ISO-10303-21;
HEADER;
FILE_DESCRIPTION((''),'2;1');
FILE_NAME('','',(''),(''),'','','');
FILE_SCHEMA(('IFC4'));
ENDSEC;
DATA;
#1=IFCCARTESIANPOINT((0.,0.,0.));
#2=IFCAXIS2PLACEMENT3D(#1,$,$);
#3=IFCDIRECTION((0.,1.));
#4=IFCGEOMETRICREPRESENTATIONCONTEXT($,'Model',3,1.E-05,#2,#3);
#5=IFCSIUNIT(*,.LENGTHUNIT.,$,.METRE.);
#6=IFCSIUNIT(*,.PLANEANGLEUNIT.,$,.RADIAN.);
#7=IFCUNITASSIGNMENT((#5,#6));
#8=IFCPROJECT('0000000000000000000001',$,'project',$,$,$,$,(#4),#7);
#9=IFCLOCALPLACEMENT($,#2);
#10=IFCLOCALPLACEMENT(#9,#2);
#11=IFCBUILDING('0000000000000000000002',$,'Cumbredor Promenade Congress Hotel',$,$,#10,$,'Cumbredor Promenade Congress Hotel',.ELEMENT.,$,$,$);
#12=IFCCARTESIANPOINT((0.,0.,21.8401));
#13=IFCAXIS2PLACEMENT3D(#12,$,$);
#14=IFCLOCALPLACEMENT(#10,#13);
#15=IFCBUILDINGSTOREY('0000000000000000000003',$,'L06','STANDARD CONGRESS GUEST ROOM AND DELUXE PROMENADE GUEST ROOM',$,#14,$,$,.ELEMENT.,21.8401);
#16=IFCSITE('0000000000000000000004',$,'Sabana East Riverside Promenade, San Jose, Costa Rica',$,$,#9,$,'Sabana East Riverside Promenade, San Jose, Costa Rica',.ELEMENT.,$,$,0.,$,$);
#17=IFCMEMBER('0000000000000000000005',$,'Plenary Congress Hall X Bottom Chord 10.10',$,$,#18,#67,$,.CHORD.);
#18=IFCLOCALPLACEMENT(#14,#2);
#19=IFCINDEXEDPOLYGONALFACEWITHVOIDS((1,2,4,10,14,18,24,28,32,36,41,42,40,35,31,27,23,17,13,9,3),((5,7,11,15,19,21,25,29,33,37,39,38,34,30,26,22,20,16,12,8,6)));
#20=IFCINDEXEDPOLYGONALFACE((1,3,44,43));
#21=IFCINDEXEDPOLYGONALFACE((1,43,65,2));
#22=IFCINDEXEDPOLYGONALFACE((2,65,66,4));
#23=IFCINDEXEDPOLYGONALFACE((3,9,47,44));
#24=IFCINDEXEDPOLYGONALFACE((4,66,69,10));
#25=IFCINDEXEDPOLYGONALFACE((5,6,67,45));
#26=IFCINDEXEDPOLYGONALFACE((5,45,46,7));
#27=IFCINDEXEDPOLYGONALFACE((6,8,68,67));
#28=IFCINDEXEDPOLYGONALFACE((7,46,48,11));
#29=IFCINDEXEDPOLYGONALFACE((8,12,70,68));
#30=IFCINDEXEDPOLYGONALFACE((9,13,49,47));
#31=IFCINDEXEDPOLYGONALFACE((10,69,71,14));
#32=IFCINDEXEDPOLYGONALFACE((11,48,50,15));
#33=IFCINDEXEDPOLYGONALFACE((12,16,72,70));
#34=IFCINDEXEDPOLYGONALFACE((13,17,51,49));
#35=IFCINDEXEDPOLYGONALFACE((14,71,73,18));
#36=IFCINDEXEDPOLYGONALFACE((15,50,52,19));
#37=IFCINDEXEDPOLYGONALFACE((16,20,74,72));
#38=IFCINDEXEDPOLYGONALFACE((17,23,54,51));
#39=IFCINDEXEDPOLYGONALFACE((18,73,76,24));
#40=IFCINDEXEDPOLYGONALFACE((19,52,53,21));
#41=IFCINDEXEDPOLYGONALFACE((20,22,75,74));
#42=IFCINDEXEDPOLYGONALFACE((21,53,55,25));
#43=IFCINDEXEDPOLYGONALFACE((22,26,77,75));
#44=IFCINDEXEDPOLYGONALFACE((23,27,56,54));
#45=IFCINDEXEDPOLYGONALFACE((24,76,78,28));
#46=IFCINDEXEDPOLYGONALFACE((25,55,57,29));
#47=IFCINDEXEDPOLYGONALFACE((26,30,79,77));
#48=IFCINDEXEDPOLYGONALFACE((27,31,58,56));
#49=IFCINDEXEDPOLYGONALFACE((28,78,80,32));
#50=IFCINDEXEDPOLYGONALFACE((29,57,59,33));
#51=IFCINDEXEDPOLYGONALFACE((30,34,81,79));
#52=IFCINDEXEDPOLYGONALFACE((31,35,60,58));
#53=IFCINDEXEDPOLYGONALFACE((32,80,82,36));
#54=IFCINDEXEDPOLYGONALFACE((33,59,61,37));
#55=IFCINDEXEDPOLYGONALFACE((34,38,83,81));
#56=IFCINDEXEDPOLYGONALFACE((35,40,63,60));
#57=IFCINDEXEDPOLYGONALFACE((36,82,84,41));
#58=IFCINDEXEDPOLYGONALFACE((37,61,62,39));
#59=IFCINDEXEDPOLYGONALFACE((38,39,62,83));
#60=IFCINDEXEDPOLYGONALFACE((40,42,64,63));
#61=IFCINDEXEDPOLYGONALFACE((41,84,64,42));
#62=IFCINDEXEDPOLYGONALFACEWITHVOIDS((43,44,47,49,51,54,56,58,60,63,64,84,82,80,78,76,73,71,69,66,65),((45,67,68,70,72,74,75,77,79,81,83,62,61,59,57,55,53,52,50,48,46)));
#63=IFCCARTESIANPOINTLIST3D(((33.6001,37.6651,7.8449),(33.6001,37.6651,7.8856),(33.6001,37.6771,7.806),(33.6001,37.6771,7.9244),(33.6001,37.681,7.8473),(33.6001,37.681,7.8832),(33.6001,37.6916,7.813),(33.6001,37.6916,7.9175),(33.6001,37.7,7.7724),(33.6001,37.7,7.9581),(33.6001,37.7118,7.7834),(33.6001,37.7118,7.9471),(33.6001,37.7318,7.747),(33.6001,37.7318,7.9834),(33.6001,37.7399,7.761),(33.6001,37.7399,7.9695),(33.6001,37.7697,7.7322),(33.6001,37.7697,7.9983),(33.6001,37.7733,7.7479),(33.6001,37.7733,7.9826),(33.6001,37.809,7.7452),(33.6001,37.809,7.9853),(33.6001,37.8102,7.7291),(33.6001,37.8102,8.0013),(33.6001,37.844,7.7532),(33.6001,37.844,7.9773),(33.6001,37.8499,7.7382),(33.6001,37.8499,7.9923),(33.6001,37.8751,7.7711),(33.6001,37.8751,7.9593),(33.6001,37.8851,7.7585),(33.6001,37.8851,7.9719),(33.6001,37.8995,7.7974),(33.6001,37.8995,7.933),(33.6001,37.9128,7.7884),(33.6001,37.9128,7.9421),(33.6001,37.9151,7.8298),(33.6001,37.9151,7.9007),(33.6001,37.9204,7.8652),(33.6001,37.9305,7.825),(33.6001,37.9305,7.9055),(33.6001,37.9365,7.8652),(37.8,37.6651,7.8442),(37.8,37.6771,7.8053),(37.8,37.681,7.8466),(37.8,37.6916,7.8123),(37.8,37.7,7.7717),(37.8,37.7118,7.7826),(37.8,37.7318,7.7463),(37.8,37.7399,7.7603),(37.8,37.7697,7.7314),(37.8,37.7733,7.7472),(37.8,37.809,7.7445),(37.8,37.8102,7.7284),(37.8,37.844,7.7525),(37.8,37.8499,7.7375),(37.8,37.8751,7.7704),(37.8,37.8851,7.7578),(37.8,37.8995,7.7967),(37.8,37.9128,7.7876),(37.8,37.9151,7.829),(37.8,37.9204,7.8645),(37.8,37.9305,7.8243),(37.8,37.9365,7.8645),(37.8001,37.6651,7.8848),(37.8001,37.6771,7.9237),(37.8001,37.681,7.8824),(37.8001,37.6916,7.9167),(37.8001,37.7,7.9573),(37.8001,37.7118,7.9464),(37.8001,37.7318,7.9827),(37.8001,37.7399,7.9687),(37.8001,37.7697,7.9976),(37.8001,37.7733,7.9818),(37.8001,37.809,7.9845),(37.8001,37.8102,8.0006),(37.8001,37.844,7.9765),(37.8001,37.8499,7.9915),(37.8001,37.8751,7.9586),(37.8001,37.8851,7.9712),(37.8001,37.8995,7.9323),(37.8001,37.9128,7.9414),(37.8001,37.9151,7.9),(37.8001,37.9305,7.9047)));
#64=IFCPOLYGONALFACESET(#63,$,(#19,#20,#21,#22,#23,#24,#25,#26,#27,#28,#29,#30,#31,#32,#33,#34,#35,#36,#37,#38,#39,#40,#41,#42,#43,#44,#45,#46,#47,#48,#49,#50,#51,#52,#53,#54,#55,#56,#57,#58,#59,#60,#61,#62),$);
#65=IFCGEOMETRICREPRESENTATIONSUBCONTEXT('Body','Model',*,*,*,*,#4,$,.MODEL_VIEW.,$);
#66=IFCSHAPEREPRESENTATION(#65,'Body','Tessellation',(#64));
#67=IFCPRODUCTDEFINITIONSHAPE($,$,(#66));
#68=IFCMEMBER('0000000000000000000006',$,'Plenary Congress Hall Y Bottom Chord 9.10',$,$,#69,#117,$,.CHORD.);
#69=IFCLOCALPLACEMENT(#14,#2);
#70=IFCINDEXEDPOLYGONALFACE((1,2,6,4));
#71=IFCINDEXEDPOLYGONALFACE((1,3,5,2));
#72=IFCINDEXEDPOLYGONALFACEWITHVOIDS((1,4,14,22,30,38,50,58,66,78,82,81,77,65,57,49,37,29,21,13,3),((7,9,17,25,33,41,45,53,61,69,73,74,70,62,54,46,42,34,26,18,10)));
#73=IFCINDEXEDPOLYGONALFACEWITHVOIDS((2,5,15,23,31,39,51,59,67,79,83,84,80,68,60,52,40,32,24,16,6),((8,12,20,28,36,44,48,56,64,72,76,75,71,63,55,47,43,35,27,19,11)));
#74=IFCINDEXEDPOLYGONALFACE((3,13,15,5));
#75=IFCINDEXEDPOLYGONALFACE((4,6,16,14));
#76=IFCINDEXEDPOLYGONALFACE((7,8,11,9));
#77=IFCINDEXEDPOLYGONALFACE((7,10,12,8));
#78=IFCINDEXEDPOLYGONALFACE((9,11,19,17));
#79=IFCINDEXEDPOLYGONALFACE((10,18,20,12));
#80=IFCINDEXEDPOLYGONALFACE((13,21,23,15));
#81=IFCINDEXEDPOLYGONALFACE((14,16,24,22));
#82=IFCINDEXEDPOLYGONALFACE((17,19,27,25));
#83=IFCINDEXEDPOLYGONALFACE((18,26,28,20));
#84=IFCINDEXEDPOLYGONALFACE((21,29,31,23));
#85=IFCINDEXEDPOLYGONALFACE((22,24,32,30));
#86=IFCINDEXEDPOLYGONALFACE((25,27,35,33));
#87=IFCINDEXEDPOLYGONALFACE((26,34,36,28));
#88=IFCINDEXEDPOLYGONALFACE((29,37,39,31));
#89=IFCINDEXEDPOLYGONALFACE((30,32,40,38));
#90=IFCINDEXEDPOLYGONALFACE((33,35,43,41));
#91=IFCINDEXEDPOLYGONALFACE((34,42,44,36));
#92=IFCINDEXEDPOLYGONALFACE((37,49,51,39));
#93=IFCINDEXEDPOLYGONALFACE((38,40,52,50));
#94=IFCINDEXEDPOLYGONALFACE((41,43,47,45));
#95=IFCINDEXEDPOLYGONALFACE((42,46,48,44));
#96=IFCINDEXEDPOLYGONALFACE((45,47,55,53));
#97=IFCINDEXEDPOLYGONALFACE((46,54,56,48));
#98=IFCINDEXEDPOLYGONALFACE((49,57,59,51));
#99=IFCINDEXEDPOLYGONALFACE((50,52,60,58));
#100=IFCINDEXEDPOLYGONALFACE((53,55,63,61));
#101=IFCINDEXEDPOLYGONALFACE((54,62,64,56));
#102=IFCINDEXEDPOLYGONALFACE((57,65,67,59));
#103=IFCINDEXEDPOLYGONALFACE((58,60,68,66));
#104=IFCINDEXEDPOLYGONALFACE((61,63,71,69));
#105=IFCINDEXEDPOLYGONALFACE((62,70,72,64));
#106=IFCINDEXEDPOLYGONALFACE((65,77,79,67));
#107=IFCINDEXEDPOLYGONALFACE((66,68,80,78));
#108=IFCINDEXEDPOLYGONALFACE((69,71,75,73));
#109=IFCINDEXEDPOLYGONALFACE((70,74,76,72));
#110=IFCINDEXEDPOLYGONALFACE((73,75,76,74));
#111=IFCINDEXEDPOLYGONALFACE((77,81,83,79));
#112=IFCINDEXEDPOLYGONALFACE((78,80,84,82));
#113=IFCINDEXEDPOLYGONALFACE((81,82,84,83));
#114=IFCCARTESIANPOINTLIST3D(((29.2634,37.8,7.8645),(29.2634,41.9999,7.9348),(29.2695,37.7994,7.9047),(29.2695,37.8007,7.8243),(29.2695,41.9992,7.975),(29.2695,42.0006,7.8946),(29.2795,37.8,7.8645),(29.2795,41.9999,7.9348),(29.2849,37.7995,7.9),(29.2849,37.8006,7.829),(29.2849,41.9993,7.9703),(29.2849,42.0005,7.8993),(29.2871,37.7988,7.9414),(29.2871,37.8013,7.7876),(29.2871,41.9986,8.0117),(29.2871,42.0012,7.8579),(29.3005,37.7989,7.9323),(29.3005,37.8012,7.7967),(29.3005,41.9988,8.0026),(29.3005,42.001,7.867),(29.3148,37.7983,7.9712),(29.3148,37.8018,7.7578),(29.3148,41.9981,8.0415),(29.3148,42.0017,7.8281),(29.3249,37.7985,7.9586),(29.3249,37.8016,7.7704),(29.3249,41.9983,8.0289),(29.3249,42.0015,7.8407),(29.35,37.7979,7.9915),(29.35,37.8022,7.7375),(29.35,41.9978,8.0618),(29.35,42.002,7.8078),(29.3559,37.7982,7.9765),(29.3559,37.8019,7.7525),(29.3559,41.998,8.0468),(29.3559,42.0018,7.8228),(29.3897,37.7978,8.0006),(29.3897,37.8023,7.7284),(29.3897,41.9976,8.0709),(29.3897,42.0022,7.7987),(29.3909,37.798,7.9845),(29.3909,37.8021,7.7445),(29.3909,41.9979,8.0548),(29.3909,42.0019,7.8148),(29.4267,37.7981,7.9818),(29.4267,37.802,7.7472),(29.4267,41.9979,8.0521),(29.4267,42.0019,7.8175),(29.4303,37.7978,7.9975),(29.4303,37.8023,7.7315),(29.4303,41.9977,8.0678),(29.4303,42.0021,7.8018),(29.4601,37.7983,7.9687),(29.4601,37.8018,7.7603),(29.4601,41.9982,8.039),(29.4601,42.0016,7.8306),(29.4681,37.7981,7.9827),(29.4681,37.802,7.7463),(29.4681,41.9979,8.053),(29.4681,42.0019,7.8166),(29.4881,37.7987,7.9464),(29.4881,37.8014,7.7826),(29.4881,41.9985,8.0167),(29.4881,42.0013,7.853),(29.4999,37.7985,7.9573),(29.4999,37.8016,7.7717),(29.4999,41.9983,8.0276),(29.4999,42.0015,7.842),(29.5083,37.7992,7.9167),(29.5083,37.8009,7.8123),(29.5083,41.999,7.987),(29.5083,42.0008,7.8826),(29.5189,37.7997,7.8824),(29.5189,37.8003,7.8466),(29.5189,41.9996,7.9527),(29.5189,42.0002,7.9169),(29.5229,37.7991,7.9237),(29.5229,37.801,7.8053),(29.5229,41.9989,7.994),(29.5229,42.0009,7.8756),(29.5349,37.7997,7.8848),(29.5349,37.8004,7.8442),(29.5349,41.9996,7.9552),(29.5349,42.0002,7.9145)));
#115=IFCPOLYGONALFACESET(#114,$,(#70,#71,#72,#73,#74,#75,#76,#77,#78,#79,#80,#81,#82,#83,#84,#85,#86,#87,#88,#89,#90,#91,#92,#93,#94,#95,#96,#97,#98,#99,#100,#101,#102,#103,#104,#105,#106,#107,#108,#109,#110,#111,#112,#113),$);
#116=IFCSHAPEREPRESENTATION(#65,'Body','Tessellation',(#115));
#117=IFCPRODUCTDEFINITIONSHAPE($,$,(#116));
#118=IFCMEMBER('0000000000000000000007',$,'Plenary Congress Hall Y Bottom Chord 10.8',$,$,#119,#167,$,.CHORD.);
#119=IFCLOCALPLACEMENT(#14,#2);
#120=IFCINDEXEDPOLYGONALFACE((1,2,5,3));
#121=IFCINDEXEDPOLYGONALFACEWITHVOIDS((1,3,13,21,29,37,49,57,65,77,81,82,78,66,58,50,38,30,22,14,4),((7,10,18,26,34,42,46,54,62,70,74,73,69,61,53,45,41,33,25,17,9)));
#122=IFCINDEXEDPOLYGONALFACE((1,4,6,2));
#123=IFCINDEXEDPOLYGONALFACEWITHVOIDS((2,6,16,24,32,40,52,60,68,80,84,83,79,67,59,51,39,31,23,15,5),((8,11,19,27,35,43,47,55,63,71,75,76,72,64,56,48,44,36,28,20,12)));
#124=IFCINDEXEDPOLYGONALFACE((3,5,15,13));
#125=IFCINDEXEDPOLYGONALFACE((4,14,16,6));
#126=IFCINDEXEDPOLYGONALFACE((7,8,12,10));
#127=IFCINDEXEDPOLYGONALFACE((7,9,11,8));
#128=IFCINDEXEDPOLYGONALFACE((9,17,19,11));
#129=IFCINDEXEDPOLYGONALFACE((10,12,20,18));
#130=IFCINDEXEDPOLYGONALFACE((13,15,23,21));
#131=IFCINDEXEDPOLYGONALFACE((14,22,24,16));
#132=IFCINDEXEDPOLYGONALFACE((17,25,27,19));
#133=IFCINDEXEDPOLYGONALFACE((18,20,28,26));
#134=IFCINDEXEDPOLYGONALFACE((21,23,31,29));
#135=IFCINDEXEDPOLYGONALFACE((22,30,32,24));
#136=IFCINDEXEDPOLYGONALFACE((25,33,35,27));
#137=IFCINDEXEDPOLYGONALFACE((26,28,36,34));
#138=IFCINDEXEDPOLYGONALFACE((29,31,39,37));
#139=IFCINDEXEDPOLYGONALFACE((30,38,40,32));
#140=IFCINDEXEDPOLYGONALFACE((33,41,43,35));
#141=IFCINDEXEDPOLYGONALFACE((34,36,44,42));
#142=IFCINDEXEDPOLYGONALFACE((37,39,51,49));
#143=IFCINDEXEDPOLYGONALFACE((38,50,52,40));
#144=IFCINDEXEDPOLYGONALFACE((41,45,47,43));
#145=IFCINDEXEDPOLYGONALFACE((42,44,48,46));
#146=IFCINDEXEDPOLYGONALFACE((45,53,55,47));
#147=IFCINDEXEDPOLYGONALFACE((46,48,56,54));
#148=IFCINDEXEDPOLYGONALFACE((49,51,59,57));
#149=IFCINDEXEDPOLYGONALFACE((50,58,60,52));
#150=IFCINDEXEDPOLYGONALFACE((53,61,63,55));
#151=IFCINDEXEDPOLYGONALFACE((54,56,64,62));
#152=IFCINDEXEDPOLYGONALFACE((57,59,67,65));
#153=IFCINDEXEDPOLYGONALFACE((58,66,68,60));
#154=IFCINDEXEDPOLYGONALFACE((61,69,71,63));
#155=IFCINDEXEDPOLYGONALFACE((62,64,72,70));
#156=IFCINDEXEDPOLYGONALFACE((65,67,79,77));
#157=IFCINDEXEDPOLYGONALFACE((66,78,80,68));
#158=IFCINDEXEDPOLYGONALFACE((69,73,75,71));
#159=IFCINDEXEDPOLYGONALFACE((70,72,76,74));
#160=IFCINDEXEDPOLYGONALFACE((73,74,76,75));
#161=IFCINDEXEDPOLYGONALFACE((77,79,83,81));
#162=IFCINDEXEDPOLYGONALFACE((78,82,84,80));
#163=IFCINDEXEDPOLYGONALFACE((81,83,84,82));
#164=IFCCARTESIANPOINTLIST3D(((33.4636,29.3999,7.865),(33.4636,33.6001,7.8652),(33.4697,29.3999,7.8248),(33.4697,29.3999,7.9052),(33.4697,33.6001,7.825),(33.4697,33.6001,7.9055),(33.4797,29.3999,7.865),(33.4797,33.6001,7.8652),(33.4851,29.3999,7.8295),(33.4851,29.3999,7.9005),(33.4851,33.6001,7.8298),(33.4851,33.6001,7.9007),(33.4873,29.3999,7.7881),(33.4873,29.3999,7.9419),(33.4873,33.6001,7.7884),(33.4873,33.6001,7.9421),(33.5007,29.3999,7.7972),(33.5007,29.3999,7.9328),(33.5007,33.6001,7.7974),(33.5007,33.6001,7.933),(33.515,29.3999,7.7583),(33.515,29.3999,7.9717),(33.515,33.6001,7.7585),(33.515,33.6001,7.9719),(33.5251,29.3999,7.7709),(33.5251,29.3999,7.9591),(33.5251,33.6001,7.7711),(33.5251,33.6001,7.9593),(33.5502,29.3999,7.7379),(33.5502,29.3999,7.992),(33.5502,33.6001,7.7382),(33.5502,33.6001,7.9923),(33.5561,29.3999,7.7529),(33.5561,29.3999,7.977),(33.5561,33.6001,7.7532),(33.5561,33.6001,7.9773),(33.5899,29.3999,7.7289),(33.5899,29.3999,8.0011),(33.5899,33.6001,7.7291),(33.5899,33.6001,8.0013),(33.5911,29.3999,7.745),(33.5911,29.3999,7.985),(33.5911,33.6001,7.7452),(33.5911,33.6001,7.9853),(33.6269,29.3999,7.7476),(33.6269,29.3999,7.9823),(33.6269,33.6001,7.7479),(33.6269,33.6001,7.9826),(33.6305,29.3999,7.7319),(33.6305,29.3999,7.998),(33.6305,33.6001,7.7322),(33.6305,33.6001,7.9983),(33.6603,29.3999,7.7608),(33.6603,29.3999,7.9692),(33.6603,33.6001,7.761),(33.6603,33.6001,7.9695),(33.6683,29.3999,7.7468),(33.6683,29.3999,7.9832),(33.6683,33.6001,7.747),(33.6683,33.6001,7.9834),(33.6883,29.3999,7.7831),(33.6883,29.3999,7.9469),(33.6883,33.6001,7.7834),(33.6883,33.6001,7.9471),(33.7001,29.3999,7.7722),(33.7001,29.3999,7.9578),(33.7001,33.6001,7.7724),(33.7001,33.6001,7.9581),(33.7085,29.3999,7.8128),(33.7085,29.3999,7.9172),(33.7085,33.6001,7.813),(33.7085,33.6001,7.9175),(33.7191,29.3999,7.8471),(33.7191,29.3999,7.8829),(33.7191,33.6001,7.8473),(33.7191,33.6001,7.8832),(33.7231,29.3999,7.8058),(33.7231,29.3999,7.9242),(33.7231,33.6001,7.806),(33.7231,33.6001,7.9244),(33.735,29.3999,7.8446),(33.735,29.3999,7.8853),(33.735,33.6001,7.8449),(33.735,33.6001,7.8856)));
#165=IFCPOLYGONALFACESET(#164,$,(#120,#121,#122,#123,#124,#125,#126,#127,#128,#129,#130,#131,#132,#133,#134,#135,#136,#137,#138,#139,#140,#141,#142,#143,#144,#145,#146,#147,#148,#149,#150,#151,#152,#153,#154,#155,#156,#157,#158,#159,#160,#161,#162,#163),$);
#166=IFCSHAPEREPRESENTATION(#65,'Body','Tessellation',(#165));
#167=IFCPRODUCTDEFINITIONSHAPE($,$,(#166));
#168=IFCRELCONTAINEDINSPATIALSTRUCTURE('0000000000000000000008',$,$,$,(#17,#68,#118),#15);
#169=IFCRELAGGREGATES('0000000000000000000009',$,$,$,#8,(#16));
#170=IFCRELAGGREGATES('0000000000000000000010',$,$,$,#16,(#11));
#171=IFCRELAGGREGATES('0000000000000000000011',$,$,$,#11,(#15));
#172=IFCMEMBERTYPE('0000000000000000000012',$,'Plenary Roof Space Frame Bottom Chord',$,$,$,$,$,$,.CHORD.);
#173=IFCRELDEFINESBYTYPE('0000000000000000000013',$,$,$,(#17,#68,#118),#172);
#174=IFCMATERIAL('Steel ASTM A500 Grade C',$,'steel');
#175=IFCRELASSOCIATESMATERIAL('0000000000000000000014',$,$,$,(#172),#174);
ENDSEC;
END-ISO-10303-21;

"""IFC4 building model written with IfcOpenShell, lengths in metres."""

from ifc_helpers import new_model, si_unit, direction, frame, origin, origin_2d, place, context, subcontext, project, spatial, hollow_circle, extrude, material, material_profile, profile_set, type_object, element, save


model = new_model("IFC4")

# Units and contexts
model_context = context("Model", 3, precision=1e-05, world=origin(), true_north=direction((0.0, 1.0)))
body_context = subcontext(model_context, "Body", "Model", "MODEL_VIEW")
ifc_project = project(units=[si_unit("LENGTHUNIT", "METRE"), si_unit("PLANEANGLEUNIT", "RADIAN")], contexts=[model_context])

# Site, building, storey
site_placement = place(None, origin())
site = spatial("IfcSite", under=ifc_project, at=site_placement, Name="Sabana East Riverside Promenade, San Jose, Costa Rica", LongName="Sabana East Riverside Promenade, San Jose, Costa Rica", CompositionType="ELEMENT", RefElevation=0.0)
building_placement = place(site_placement, origin())
building = spatial("IfcBuilding", under=site, at=building_placement, Name="Cumbredor Promenade Congress Hotel", LongName="Cumbredor Promenade Congress Hotel", CompositionType="ELEMENT")
storey_placement = place(building_placement, frame((0.0, 0.0, 21.8401)))
storey = spatial("IfcBuildingStorey", under=building, at=storey_placement, Name="L06", Description="STANDARD CONGRESS GUEST ROOM AND DELUXE PROMENADE GUEST ROOM", CompositionType="ELEMENT", Elevation=21.8401)

# Members
ifc_material_1 = material(Name="Steel ASTM A500 Grade C", Category="steel")
ifc_material_profile_1 = material_profile(ifc_material_1, hollow_circle(Radius=0.1365, WallThickness=0.0161, at=origin_2d()), Name="CHS 273.0x16")
ifc_profile_set_1 = profile_set([ifc_material_profile_1], Name="Steel ASTM A500 Grade C")
member_type_1 = type_object("IfcMemberType", Name="Plenary Roof Space Frame Bottom Chord", PredefinedType="CHORD", material=ifc_profile_set_1)
member_1_placement = place(storey_placement, frame((33.6001, 37.8, 7.8652), z_axis=(1.0, 0.0, -0.000174), x_axis=(0.0, 1.0, 0.0)))
element("IfcMember", 1, at=member_1_placement, inside=storey, type_object=member_type_1, Name="Plenary Congress Hall X Bottom Chord 10.10", PredefinedType="CHORD", context=body_context, shape_type="SweptSolid", body=[
    extrude(hollow_circle(Radius=0.1365, WallThickness=0.0161, at=origin_2d()), origin(), (0.0, 0.0, 1.0), 4.2),
])
member_2_placement = place(storey_placement, frame((29.3999, 37.8, 7.8645), z_axis=(0.0, 0.99986, 0.016739), x_axis=(-1.0, 0.0, 0.0)))
element("IfcMember", 2, at=member_2_placement, inside=storey, type_object=member_type_1, Name="Plenary Congress Hall Y Bottom Chord 9.10", PredefinedType="CHORD", context=body_context, shape_type="SweptSolid", body=[
    extrude(hollow_circle(Radius=0.1365, WallThickness=0.0161, at=origin_2d()), origin(), (0.0, 0.0, 1.0), 4.2004),
])
member_3_placement = place(storey_placement, frame((33.6001, 29.3999, 7.865), z_axis=(0.0, 1.0, 0.000058), x_axis=(-1.0, 0.0, 0.0)))
element("IfcMember", 3, at=member_3_placement, inside=storey, type_object=member_type_1, Name="Plenary Congress Hall Y Bottom Chord 10.8", PredefinedType="CHORD", context=body_context, shape_type="SweptSolid", body=[
    extrude(hollow_circle(Radius=0.1365, WallThickness=0.0161, at=origin_2d()), origin(), (0.0, 0.0, 1.0), 4.2002),
])

save(model, "model.ifc")
